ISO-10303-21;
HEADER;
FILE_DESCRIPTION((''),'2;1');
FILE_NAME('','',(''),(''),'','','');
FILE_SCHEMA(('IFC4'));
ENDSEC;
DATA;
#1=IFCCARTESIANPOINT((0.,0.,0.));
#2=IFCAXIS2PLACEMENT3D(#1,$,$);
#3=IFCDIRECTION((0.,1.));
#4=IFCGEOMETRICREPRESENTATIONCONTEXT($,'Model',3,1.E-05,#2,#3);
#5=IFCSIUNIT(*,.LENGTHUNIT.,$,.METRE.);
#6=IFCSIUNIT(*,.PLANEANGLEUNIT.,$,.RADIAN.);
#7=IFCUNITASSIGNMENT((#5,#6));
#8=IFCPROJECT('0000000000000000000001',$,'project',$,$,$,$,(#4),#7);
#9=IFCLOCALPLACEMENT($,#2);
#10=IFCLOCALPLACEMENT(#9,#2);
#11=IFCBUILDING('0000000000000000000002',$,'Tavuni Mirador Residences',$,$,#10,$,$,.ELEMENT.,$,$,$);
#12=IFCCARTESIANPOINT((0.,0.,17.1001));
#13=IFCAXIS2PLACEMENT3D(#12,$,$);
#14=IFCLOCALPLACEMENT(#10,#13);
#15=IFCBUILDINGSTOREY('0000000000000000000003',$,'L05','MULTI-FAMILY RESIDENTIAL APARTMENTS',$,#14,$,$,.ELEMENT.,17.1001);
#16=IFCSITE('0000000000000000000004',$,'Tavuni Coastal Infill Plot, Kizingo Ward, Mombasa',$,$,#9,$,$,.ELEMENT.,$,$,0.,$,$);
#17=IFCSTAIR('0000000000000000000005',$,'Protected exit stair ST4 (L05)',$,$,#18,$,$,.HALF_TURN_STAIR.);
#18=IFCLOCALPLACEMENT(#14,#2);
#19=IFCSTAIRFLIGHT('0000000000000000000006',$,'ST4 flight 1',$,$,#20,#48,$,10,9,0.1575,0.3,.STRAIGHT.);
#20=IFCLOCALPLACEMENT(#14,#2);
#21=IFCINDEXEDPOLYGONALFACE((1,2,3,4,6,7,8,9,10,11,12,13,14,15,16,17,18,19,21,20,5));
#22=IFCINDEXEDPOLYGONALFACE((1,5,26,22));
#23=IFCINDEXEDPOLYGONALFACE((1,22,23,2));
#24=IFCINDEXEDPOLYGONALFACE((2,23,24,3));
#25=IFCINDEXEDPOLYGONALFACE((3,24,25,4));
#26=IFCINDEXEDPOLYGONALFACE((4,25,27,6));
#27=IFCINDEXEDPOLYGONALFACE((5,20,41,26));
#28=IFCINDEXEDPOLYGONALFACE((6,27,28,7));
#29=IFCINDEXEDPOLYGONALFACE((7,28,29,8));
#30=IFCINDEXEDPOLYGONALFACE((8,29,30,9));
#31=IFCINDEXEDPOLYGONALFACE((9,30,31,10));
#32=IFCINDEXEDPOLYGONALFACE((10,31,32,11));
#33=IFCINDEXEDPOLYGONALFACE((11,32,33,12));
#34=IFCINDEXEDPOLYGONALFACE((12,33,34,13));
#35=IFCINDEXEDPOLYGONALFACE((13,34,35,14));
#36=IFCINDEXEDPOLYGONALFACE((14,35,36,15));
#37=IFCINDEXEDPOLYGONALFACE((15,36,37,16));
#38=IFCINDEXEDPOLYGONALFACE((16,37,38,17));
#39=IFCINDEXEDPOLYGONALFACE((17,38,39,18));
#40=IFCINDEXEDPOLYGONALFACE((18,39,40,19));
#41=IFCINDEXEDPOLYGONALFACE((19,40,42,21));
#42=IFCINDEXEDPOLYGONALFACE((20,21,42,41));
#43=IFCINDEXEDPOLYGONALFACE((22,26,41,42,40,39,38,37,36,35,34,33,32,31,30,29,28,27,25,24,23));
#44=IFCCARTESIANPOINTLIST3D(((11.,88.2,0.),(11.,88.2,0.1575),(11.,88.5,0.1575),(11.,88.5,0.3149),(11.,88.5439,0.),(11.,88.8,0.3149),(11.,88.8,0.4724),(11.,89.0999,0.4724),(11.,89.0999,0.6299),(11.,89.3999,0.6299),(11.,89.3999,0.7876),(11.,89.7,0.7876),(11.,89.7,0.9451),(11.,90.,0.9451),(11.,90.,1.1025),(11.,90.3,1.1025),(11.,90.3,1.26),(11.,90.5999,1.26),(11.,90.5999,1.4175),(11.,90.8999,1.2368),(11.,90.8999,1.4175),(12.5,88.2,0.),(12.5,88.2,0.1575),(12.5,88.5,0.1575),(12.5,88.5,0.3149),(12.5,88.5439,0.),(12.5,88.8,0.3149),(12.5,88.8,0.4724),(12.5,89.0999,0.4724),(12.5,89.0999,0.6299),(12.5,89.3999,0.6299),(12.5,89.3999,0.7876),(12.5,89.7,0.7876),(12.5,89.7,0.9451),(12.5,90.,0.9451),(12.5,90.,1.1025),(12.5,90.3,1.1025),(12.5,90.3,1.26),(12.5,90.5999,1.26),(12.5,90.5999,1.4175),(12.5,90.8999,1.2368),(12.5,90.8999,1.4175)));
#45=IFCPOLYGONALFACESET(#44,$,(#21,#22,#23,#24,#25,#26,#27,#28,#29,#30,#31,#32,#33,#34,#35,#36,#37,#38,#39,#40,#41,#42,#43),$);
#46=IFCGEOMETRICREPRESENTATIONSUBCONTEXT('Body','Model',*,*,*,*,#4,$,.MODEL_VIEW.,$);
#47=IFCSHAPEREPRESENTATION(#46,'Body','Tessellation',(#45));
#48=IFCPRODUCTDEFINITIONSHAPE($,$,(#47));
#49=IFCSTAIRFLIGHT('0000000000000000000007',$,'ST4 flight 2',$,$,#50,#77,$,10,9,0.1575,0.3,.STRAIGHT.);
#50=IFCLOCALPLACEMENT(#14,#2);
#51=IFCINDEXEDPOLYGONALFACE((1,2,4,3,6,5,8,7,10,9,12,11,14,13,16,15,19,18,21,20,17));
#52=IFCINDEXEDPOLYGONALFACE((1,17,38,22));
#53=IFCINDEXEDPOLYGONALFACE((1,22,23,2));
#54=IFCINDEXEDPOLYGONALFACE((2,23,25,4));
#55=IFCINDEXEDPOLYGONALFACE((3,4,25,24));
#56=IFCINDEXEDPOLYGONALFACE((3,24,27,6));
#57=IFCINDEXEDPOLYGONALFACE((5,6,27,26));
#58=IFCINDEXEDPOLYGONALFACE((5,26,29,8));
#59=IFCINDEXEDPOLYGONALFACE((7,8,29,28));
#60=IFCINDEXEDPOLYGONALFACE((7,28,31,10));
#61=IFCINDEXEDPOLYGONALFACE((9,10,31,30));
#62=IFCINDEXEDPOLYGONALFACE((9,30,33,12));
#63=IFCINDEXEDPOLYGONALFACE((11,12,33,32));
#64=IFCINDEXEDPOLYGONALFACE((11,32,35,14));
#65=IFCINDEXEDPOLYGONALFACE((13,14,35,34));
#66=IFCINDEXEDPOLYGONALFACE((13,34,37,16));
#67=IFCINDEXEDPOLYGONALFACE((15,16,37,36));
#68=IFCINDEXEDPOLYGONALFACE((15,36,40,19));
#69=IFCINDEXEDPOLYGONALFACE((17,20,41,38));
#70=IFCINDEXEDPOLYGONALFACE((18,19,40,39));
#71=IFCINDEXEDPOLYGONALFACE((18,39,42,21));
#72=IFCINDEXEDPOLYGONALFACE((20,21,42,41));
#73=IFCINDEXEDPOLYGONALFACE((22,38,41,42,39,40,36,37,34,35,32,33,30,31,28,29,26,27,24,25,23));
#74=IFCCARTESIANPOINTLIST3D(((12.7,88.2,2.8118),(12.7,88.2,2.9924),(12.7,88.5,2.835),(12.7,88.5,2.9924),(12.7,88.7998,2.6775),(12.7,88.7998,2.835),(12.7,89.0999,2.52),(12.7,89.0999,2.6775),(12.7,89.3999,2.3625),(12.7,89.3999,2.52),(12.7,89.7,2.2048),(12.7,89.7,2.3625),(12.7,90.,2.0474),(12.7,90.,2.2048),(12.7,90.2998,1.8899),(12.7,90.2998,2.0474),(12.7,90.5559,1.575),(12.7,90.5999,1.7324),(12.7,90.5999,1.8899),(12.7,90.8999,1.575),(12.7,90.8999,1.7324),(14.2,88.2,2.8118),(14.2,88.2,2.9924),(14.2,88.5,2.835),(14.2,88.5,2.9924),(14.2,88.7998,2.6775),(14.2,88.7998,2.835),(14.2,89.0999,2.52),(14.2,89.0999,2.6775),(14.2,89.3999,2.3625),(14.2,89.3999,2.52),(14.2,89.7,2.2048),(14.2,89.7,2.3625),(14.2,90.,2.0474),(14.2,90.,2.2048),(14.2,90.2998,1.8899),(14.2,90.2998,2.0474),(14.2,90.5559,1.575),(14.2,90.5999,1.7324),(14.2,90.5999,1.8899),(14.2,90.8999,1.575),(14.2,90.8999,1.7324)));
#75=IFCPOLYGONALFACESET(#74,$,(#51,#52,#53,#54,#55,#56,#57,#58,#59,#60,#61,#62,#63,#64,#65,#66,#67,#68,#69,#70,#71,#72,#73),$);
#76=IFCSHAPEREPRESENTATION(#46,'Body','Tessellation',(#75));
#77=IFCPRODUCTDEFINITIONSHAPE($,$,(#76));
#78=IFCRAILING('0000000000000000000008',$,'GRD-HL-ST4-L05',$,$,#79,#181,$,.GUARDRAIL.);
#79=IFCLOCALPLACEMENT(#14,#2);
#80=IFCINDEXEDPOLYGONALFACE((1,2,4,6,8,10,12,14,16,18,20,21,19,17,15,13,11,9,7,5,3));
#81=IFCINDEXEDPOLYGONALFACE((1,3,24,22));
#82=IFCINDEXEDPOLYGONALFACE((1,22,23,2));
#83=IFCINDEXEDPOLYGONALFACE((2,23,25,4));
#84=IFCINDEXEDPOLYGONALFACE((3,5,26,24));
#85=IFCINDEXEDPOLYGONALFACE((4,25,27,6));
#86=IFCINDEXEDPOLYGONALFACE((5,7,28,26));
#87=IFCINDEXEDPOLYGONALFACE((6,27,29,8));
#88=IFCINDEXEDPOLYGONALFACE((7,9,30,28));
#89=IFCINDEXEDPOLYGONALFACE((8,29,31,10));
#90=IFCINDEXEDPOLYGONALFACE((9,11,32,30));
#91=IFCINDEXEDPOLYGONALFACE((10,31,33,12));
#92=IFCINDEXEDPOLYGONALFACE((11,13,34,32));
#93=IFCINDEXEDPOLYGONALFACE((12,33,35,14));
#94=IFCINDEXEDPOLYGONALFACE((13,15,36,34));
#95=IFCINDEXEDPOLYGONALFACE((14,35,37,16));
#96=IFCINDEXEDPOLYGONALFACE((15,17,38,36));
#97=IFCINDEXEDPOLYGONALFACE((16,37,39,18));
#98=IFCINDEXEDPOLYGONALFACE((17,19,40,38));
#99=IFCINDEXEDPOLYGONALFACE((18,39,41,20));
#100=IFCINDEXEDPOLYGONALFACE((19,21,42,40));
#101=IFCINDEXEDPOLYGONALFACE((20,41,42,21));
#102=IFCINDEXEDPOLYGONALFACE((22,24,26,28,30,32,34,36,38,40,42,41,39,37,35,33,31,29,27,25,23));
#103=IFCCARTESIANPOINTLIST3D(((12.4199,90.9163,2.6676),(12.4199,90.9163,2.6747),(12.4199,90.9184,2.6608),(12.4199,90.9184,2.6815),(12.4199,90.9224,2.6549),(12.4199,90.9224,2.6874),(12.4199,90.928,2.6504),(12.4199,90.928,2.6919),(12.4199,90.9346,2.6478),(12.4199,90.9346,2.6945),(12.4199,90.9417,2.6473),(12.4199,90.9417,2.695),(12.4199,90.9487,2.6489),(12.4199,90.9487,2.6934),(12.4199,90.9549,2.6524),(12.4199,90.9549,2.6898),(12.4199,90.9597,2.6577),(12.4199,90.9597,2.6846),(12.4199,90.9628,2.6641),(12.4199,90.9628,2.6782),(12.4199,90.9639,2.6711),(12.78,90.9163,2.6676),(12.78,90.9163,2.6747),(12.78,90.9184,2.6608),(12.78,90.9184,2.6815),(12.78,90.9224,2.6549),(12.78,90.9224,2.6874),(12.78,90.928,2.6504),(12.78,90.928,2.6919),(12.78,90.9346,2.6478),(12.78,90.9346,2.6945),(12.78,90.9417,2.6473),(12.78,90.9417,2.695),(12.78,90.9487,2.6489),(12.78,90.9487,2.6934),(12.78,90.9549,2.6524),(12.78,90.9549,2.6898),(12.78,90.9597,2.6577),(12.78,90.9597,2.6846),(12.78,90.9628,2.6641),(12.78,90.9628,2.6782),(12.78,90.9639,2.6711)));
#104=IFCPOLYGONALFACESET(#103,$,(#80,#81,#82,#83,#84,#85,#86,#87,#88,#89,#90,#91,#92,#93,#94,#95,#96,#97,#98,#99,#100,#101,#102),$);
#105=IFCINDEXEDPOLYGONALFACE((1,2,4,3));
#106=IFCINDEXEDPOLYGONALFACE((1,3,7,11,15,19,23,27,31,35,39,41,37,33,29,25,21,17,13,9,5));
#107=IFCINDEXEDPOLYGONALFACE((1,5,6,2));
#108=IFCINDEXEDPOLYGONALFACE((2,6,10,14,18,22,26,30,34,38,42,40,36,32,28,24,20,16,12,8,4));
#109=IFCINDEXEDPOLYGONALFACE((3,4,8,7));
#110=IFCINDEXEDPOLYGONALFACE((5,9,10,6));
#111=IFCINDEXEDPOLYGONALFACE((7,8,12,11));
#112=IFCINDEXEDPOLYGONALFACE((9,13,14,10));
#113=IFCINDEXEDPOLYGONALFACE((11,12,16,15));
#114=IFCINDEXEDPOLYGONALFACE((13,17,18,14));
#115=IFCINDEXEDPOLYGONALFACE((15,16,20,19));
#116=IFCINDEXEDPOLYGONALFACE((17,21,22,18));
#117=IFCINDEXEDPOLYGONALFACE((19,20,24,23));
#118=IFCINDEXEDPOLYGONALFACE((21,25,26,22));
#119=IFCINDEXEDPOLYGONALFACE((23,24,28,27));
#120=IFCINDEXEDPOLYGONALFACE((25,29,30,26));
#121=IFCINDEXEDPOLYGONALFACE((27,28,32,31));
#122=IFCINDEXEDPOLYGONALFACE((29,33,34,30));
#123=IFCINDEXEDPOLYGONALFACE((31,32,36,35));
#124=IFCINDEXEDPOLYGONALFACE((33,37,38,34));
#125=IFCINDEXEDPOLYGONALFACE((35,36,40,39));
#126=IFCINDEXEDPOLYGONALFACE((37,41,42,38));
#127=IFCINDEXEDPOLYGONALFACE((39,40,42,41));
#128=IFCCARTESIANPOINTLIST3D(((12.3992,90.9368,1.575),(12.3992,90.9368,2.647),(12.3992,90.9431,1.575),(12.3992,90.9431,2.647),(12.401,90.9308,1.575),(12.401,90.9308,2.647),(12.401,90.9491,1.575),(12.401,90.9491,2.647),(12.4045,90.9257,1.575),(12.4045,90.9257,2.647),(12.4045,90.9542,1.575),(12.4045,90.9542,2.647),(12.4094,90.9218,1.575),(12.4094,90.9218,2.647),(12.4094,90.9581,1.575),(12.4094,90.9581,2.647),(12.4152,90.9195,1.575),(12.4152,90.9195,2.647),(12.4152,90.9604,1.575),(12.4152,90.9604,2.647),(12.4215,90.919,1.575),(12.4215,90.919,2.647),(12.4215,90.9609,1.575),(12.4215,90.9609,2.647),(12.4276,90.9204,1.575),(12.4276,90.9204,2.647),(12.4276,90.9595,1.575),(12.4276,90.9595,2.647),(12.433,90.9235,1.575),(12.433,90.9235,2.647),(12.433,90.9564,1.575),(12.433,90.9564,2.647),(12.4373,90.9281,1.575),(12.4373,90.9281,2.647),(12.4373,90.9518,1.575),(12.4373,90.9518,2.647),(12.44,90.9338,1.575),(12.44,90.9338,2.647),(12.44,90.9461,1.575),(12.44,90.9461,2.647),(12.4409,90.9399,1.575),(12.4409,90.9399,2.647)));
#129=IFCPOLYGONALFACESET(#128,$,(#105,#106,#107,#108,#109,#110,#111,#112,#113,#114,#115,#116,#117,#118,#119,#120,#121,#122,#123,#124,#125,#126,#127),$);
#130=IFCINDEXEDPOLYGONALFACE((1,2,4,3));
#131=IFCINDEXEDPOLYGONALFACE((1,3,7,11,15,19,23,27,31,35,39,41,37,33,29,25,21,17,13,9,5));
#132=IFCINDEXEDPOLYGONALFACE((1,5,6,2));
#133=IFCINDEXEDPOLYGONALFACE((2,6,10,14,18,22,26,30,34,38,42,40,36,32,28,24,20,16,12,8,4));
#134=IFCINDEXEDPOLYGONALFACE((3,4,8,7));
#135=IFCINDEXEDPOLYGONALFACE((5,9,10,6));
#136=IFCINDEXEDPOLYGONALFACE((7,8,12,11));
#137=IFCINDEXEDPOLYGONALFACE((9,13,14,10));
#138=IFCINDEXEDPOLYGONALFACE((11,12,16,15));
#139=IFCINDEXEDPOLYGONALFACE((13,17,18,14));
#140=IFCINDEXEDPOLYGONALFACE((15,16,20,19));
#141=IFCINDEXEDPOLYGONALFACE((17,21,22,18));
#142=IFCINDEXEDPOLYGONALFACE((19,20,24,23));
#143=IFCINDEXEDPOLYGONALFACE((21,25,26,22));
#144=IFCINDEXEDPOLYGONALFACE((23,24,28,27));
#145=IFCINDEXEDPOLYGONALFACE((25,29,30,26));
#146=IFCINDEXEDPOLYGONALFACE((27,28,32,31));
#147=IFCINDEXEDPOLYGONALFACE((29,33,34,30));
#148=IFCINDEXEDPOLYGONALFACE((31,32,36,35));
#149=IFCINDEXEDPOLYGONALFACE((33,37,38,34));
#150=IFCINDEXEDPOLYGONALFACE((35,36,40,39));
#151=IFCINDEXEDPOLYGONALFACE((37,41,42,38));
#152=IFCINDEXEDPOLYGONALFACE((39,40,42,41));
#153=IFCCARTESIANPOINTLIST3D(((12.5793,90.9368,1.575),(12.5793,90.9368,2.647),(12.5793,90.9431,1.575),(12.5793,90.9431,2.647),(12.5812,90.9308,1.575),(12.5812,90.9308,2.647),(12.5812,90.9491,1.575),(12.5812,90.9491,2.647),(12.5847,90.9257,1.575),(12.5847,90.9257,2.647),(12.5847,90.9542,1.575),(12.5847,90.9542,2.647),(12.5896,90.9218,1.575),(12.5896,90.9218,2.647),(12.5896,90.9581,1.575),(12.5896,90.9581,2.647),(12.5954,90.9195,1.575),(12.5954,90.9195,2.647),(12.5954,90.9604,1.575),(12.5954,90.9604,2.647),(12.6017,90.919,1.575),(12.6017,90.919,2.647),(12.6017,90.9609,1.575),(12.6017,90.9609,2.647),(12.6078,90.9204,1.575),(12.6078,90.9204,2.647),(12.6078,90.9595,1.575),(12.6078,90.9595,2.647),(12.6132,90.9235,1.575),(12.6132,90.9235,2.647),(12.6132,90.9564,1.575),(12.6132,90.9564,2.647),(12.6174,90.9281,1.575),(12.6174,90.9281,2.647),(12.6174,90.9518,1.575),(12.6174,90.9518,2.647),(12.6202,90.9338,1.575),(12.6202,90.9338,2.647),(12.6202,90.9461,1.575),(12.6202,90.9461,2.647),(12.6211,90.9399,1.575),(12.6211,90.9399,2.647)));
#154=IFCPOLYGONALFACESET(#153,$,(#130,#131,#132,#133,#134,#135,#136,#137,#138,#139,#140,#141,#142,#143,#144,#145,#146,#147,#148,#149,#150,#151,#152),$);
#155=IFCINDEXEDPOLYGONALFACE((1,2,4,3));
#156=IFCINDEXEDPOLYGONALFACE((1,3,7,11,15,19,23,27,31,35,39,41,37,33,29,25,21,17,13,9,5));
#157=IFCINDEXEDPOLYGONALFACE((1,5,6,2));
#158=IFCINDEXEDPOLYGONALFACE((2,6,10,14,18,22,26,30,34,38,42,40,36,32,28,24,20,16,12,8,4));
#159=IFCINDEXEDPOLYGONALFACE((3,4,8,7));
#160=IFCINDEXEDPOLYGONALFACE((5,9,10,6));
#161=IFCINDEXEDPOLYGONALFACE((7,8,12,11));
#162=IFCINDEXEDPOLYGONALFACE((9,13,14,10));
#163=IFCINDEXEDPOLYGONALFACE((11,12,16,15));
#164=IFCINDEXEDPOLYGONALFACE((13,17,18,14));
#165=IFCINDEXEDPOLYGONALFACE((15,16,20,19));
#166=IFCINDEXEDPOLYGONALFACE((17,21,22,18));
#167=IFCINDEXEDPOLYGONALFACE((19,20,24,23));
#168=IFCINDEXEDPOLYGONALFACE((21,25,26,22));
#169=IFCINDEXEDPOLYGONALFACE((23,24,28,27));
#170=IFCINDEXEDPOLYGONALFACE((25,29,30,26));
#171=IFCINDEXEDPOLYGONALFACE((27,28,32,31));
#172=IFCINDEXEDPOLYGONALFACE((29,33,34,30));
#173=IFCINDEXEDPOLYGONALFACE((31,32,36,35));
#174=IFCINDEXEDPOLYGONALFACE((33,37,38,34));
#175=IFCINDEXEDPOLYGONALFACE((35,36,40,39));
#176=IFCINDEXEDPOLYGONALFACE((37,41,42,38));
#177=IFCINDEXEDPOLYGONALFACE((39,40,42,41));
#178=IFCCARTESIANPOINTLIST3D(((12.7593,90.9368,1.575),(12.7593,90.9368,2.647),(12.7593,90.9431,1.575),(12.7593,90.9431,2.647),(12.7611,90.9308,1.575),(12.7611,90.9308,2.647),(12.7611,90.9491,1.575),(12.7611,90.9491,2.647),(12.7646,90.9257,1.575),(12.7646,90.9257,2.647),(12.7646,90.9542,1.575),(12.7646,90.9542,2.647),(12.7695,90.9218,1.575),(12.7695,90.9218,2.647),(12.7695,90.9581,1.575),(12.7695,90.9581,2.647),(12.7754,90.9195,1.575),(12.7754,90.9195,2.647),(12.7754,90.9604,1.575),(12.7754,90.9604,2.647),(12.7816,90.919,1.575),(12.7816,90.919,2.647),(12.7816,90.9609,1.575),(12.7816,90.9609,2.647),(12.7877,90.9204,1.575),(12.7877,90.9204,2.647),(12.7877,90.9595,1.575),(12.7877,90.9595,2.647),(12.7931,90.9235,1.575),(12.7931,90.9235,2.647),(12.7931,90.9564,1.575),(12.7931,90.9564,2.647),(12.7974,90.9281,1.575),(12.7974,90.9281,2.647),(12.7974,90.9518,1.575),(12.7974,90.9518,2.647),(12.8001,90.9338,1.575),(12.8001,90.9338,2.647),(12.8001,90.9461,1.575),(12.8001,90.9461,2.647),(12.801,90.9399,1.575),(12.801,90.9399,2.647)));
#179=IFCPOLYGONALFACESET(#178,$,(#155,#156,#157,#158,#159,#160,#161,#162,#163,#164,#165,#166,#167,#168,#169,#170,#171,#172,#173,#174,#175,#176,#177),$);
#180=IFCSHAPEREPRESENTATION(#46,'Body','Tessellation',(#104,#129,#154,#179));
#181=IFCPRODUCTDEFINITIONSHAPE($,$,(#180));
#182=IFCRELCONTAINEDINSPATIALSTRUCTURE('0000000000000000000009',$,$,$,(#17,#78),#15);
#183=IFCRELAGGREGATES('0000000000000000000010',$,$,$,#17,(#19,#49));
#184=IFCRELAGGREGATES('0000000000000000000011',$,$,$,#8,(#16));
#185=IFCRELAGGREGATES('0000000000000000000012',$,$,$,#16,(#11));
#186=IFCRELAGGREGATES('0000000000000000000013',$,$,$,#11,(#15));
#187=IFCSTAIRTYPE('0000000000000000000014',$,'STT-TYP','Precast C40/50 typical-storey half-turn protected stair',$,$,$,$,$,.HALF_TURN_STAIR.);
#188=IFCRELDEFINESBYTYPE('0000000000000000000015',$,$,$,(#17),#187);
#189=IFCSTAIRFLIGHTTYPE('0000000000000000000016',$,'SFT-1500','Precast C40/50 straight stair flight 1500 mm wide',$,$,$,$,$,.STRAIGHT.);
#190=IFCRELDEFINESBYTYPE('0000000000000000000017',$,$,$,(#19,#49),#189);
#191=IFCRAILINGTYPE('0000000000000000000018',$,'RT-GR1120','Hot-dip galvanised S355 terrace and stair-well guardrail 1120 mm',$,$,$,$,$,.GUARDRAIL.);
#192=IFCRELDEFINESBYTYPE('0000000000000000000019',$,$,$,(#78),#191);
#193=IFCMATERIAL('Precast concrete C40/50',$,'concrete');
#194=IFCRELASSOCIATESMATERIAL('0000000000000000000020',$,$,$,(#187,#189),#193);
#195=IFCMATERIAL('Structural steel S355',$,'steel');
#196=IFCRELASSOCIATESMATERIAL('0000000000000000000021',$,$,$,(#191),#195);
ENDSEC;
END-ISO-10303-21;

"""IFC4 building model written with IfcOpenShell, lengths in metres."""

from ifc_helpers import new_model, si_unit, direction, frame, origin, origin_2d, place, context, subcontext, project, spatial, polyline, circle, outline, extrude, material, type_object, element, aggregate, save


model = new_model("IFC4")

# Units and contexts
model_context = context("Model", 3, precision=1e-05, world=origin(), true_north=direction((0.0, 1.0)))
body_context = subcontext(model_context, "Body", "Model", "MODEL_VIEW")
ifc_project = project(units=[si_unit("LENGTHUNIT", "METRE"), si_unit("PLANEANGLEUNIT", "RADIAN")], contexts=[model_context])

# Site, building, storey
site_placement = place(None, origin())
site = spatial("IfcSite", under=ifc_project, at=site_placement, Name="Tavuni Coastal Infill Plot, Kizingo Ward, Mombasa", CompositionType="ELEMENT", RefElevation=0.0)
building_placement = place(site_placement, origin())
building = spatial("IfcBuilding", under=site, at=building_placement, Name="Tavuni Mirador Residences", CompositionType="ELEMENT")
storey_placement = place(building_placement, frame((0.0, 0.0, 17.1001)))
storey = spatial("IfcBuildingStorey", under=building, at=storey_placement, Name="L05", Description="MULTI-FAMILY RESIDENTIAL APARTMENTS", CompositionType="ELEMENT", Elevation=17.1001)

# Shared definitions
ifc_material_1 = material(Name="Precast concrete C40/50", Category="concrete")

# Shared definitions
ifc_material_2 = material(Name="Structural steel S355", Category="steel")

# Stair, stair flights
stair_type = type_object("IfcStairType", Name="STT-TYP", Description="Precast C40/50 typical-storey half-turn protected stair", PredefinedType="HALF_TURN_STAIR", material=ifc_material_1)
stair_placement = place(storey_placement, origin())
stair = element("IfcStair", 1, at=stair_placement, inside=storey, type_object=stair_type, Name="Protected exit stair ST4 (L05)", PredefinedType="HALF_TURN_STAIR")
stair_flight_type = type_object("IfcStairFlightType", Name="SFT-1500", Description="Precast C40/50 straight stair flight 1500 mm wide", PredefinedType="STRAIGHT", material=ifc_material_1)
stair_flight_1_placement = place(storey_placement, frame((11.75, 88.2, 0.0), z_axis=(0.0, 0.0, 1.0), x_axis=(0.0, 1.0, 0.0)))
stair_flight_1 = element("IfcStairFlight", 2, at=stair_flight_1_placement, type_object=stair_flight_type, Name="ST4 flight 1", NumberOfRisers=10, NumberOfTreads=9, PredefinedType="STRAIGHT", RiserHeight=0.1575, TreadLength=0.3, context=body_context, shape_type="SweptSolid", body=[
    extrude(outline(polyline([(0.0, 0.0), (0.0, 0.1575), (0.3, 0.1575), (0.3, 0.3149), (0.6001, 0.3149), (0.6001, 0.4724), (0.8999, 0.4724), (0.8999, 0.6299), (1.2, 0.6299), (1.2, 0.7876), (1.5, 0.7876), (1.5, 0.9451), (1.8, 0.9451), (1.8, 1.1025), (2.1001, 1.1025), (2.1001, 1.26), (2.3999, 1.26), (2.3999, 1.4175), (2.7, 1.4175), (2.7, 1.575), (2.7, 1.2368), (0.344, 0.0), (0.0, 0.0)])), frame((0.0, 0.75, 0.0), z_axis=(0.0, -1.0, 0.0), x_axis=(1.0, 0.0, 0.0)), (0.0, 0.0, 1.0), 1.5),
])
stair_flight_2_placement = place(storey_placement, frame((13.45, 90.8999, 1.575), z_axis=(0.0, 0.0, 1.0), x_axis=(0.0, -1.0, 0.0)))
stair_flight_2 = element("IfcStairFlight", 3, at=stair_flight_2_placement, type_object=stair_flight_type, Name="ST4 flight 2", NumberOfRisers=10, NumberOfTreads=9, PredefinedType="STRAIGHT", RiserHeight=0.1575, TreadLength=0.3, context=body_context, shape_type="SweptSolid", body=[
    extrude(outline(polyline([(0.0, 0.0), (0.0, 0.1575), (0.3, 0.1575), (0.3, 0.3149), (0.6001, 0.3149), (0.6001, 0.4724), (0.8999, 0.4724), (0.8999, 0.6299), (1.2, 0.6299), (1.2, 0.7876), (1.5, 0.7876), (1.5, 0.9451), (1.8, 0.9451), (1.8, 1.1025), (2.1001, 1.1025), (2.1001, 1.26), (2.3999, 1.26), (2.3999, 1.4175), (2.7, 1.4175), (2.7, 1.575), (2.7, 1.2368), (0.344, 0.0), (0.0, 0.0)])), frame((0.0, 0.75, 0.0), z_axis=(0.0, -1.0, 0.0), x_axis=(1.0, 0.0, 0.0)), (0.0, 0.0, 1.0), 1.5),
])
aggregate(stair, [stair_flight_1, stair_flight_2])

# Railing
railing_type_1 = type_object("IfcRailingType", Name="RT-GR1120", Description="Hot-dip galvanised S355 terrace and stair-well guardrail 1120 mm", PredefinedType="GUARDRAIL", material=ifc_material_2)
railing_1_placement = place(storey_placement, frame((12.4199, 90.9399, 1.575)))
element("IfcRailing", 4, at=railing_1_placement, inside=storey, type_object=railing_type_1, Name="GRD-HL-ST4-L05", PredefinedType="GUARDRAIL", context=body_context, shape_type="SweptSolid", body=[
    extrude(circle(Radius=0.0239, at=origin_2d()), frame((0.0, 0.0, 1.0962), z_axis=(1.0, 0.0, 0.0), x_axis=(0.0, 1.0, 0.0)), (0.0, 0.0, 1.0), 0.3601),
    extrude(circle(Radius=0.021, at=origin_2d()), origin(), (0.0, 0.0, 1.0), 1.072),
    extrude(circle(Radius=0.021, at=origin_2d()), frame((0.1802, 0.0, 0.0)), (0.0, 0.0, 1.0), 1.072),
    extrude(circle(Radius=0.021, at=origin_2d()), frame((0.3601, 0.0, 0.0)), (0.0, 0.0, 1.0), 1.072),
])

save(model, "model.ifc")
